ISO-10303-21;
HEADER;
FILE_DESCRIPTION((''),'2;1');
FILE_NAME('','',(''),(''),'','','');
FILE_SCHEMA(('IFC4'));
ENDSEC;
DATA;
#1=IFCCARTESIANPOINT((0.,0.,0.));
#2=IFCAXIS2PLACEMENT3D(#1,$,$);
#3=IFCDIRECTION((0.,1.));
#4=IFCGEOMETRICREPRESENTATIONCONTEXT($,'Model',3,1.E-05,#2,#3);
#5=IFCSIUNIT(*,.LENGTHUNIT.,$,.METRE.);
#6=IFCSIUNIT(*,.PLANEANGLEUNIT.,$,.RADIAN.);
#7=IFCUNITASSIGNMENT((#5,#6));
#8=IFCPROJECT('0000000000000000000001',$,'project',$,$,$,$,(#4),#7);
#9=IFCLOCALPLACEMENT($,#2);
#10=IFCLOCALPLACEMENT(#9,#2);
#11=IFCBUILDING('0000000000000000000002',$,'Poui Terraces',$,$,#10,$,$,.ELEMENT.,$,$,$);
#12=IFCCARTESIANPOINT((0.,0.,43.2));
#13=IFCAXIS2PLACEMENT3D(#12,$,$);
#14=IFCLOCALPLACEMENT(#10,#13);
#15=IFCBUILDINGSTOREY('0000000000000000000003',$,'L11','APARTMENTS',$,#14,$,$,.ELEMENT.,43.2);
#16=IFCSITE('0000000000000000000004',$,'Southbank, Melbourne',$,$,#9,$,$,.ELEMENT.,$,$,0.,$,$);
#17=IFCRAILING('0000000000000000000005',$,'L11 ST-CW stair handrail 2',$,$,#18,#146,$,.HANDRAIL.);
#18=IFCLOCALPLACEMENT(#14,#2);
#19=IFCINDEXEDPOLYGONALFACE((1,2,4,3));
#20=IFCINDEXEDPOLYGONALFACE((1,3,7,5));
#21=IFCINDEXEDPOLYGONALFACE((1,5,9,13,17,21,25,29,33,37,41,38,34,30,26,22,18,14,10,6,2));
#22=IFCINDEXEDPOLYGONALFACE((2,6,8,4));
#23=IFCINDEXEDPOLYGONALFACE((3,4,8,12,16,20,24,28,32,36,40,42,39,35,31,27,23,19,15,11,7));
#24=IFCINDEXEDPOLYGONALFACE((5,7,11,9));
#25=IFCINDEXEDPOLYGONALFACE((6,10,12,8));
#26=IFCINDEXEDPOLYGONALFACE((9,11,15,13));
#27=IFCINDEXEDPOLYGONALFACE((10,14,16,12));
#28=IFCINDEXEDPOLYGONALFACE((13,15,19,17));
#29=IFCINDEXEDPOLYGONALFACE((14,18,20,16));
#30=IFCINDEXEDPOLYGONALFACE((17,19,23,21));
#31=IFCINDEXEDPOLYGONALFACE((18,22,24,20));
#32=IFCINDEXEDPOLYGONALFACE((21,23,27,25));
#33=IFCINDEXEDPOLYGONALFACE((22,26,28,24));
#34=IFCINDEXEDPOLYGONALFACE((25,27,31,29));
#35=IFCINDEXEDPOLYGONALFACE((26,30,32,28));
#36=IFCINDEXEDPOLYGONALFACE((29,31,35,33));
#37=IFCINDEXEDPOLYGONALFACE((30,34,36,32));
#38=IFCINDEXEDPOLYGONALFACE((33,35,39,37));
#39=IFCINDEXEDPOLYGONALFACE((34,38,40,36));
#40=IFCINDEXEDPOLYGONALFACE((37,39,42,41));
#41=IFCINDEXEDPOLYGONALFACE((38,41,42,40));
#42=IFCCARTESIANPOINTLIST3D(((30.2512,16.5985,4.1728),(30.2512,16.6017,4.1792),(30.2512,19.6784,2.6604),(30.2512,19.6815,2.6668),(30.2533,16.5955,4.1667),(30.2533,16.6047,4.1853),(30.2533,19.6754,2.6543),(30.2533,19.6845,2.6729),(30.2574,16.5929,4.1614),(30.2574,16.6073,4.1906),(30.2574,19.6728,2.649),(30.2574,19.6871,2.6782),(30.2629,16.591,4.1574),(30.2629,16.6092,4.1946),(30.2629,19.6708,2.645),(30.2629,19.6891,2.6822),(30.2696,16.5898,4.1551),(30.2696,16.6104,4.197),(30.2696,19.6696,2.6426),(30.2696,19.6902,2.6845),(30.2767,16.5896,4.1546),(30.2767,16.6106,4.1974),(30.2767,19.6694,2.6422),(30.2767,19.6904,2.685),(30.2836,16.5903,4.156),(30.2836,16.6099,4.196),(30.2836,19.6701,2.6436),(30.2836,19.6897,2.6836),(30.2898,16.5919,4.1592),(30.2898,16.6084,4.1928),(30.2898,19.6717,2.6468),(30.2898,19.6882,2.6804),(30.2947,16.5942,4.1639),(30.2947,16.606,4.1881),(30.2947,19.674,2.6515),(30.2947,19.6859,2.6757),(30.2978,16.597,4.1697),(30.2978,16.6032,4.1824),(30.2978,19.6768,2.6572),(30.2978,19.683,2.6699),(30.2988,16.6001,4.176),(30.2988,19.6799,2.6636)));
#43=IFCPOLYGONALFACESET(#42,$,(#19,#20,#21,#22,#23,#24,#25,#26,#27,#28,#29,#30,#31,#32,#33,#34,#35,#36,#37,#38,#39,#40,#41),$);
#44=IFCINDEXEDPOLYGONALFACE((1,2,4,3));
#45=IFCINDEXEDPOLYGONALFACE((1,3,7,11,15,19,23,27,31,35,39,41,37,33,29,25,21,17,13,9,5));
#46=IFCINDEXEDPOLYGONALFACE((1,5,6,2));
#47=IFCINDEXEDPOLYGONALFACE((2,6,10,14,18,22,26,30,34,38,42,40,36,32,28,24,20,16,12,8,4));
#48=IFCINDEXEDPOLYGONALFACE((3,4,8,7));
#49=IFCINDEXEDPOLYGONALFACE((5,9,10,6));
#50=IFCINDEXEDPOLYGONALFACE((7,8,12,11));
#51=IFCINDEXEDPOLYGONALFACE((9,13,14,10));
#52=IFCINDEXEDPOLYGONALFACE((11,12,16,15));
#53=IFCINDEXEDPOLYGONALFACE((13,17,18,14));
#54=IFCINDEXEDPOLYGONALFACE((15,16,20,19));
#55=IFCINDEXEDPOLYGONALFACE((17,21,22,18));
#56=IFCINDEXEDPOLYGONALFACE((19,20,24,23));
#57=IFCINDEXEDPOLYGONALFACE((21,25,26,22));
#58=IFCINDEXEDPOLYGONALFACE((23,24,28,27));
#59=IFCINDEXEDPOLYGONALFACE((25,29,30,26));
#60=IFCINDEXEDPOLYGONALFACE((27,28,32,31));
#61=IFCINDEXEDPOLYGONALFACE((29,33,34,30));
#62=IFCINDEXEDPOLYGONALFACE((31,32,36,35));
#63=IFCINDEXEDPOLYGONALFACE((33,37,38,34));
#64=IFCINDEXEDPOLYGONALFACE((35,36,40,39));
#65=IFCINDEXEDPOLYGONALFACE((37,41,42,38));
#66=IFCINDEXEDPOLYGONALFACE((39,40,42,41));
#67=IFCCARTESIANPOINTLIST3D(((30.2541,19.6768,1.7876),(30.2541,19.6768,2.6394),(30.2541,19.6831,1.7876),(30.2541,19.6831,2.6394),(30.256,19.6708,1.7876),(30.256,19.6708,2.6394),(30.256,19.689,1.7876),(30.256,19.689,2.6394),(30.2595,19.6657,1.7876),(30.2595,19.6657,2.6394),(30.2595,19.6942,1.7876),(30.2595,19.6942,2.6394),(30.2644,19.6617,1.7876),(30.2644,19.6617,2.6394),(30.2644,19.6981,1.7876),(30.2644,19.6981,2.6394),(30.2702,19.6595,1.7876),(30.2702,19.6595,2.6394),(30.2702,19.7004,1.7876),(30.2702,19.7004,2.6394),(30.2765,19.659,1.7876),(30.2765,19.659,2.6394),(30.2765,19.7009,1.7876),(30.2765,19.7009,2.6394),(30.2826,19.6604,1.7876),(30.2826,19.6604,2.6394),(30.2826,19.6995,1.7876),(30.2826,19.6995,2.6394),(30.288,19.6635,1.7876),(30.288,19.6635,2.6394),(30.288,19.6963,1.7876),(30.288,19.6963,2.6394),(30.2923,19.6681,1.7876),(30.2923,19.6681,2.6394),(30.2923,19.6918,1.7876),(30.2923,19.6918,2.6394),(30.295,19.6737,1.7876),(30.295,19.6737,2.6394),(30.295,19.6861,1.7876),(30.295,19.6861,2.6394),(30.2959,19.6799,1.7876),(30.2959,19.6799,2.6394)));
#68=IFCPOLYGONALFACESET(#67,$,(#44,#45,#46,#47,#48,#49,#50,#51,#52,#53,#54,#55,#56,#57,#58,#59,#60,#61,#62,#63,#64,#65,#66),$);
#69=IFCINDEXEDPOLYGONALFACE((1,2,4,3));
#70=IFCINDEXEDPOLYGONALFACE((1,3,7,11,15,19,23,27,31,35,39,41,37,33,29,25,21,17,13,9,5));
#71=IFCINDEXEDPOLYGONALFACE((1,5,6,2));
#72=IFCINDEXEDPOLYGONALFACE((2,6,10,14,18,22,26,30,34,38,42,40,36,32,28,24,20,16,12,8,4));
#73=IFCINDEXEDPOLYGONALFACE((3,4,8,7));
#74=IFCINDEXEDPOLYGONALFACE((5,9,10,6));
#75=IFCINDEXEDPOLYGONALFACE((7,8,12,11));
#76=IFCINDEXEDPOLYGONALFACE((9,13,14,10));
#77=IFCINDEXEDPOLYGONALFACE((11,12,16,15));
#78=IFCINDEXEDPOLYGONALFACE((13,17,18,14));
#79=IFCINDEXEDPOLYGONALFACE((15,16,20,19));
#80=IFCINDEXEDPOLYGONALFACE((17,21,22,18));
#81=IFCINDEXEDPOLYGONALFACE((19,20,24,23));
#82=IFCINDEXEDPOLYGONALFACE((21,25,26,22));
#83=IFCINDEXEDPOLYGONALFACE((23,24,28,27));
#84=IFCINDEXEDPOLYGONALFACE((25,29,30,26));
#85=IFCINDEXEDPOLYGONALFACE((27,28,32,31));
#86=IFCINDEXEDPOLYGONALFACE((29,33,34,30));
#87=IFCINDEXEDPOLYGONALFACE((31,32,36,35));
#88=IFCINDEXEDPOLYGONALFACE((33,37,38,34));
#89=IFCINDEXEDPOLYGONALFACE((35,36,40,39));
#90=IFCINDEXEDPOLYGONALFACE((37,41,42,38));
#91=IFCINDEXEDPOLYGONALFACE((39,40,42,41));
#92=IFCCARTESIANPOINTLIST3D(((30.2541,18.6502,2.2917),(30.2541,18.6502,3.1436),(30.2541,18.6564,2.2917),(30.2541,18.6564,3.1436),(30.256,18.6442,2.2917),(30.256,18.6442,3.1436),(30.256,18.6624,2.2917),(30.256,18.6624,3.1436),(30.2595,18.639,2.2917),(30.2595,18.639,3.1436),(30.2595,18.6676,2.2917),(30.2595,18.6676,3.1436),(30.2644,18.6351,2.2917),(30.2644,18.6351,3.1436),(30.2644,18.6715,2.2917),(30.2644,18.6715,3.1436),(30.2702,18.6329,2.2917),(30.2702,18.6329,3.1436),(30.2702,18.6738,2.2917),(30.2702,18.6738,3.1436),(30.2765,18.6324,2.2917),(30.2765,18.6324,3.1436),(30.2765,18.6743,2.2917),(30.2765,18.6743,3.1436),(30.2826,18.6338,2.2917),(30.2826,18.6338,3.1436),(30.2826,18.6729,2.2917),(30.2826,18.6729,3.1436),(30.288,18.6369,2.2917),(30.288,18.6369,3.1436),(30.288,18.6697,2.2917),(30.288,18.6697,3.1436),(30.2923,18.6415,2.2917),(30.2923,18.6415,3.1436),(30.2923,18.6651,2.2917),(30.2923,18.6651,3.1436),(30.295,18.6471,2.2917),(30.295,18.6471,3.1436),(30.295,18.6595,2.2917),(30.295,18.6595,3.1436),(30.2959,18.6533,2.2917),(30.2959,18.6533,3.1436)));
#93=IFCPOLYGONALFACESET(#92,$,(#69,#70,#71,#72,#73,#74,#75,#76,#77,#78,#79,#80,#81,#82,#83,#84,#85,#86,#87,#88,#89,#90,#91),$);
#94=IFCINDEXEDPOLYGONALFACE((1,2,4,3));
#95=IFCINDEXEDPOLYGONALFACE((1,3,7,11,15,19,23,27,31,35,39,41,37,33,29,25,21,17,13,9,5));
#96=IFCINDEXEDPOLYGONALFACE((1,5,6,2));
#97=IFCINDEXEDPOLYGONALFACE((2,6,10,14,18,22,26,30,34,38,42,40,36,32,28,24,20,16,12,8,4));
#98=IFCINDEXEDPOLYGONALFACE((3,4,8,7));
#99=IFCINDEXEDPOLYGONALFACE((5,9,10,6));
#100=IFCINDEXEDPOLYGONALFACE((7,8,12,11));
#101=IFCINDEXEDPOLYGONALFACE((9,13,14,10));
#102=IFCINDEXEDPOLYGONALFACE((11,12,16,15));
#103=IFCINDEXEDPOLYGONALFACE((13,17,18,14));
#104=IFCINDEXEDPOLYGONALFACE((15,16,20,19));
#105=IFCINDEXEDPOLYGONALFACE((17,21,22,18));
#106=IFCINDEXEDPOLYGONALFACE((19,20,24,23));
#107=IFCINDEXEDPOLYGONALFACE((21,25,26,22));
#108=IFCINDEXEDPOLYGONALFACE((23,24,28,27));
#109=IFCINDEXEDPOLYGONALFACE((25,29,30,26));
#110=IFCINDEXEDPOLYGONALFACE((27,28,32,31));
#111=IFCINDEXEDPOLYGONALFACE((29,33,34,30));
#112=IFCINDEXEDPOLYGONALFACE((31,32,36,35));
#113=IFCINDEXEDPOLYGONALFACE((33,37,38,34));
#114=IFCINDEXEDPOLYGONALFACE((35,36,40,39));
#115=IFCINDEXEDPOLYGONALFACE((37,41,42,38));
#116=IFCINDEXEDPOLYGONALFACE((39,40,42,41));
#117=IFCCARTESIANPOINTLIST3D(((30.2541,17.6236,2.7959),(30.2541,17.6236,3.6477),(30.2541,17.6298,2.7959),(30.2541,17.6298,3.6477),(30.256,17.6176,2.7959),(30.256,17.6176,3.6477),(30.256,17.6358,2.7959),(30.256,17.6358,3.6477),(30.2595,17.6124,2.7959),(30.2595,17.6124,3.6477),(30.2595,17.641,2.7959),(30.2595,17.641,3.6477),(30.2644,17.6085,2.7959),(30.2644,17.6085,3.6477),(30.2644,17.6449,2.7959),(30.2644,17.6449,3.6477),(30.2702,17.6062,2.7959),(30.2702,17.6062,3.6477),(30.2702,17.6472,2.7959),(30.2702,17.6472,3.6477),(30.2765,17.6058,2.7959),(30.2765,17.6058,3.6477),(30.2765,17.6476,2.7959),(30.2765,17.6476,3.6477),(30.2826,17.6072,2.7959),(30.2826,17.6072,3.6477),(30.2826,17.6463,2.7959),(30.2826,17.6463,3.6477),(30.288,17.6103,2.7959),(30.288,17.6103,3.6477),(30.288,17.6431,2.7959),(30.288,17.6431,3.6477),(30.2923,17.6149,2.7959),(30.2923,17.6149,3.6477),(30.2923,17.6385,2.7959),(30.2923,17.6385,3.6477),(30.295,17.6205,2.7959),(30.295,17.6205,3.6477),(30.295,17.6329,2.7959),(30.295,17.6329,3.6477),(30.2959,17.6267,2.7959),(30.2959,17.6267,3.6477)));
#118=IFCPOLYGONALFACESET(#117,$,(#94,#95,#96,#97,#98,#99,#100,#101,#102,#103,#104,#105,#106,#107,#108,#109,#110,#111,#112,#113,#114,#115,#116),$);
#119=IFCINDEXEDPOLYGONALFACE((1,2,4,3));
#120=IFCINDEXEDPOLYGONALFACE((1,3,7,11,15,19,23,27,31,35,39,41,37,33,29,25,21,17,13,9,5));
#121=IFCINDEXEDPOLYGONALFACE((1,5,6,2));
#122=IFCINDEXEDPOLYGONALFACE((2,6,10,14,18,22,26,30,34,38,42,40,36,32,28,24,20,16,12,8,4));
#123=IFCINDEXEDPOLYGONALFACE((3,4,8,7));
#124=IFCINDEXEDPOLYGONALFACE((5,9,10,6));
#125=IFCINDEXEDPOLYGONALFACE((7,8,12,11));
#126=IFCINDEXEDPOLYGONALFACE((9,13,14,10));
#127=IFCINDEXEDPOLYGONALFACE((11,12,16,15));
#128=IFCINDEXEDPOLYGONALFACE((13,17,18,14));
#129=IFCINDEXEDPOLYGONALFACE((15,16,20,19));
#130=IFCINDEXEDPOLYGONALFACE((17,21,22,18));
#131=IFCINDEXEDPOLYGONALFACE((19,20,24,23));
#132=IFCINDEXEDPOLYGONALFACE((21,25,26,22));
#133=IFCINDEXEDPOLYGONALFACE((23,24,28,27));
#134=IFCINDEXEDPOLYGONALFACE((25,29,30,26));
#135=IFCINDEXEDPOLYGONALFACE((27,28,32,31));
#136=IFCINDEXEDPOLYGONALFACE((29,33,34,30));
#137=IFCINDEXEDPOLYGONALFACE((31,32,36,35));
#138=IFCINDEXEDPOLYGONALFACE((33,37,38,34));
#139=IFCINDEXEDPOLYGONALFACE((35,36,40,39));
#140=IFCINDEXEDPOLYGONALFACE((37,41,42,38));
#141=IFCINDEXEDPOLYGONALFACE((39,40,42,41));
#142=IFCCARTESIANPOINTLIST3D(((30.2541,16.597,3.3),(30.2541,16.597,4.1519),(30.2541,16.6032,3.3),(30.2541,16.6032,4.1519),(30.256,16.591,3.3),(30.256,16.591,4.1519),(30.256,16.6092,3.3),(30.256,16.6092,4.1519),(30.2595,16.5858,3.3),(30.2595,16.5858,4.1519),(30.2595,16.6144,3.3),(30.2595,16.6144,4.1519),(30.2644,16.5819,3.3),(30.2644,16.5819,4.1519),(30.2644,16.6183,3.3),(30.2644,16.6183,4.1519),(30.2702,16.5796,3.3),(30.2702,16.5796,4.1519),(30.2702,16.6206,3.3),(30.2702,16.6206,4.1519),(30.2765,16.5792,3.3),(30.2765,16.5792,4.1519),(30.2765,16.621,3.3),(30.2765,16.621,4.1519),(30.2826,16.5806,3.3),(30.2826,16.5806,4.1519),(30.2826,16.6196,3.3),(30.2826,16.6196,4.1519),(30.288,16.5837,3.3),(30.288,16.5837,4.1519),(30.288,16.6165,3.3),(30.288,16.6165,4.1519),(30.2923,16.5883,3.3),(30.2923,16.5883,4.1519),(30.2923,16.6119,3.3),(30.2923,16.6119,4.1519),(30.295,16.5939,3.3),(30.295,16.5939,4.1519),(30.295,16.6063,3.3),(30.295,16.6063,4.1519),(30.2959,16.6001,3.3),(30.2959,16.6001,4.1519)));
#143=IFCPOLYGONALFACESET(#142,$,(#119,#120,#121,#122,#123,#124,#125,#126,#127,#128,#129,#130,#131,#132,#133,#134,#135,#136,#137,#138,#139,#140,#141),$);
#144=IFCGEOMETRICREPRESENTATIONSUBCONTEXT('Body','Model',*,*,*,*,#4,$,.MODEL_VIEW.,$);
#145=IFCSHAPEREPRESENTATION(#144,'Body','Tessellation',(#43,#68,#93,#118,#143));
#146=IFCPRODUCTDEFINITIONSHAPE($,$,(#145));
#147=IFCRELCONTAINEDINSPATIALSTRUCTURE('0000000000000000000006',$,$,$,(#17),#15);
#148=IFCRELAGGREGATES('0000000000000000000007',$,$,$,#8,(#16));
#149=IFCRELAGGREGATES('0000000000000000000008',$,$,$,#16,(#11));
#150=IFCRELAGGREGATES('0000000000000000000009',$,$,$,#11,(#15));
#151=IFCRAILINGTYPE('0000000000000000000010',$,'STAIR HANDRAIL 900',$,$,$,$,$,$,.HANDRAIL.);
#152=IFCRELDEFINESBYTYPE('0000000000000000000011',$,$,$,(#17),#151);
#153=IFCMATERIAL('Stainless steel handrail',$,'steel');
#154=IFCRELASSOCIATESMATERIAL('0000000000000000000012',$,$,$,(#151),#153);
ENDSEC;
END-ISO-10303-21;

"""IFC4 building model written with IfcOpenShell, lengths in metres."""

from ifc_helpers import new_model, si_unit, direction, frame, origin, origin_2d, place, context, subcontext, project, spatial, circle, extrude, material, type_object, element, save


model = new_model("IFC4")

# Units and contexts
model_context = context("Model", 3, precision=1e-05, world=origin(), true_north=direction((0.0, 1.0)))
body_context = subcontext(model_context, "Body", "Model", "MODEL_VIEW")
ifc_project = project(units=[si_unit("LENGTHUNIT", "METRE"), si_unit("PLANEANGLEUNIT", "RADIAN")], contexts=[model_context])

# Site, building, storey
site_placement = place(None, origin())
site = spatial("IfcSite", under=ifc_project, at=site_placement, Name="Southbank, Melbourne", CompositionType="ELEMENT", RefElevation=0.0)
building_placement = place(site_placement, origin())
building = spatial("IfcBuilding", under=site, at=building_placement, Name="Poui Terraces", CompositionType="ELEMENT")
storey_placement = place(building_placement, frame((0.0, 0.0, 43.2)))
storey = spatial("IfcBuildingStorey", under=building, at=storey_placement, Name="L11", Description="APARTMENTS", CompositionType="ELEMENT", Elevation=43.2)

# Railing
ifc_material_1 = material(Name="Stainless steel handrail", Category="steel")
railing_type_1 = type_object("IfcRailingType", Name="STAIR HANDRAIL 900", PredefinedType="HANDRAIL", material=ifc_material_1)
railing_1_placement = place(storey_placement, frame((30.2749, 19.6799, 1.7876)))
element("IfcRailing", 1, at=railing_1_placement, inside=storey, type_object=railing_type_1, Name="L11 ST-CW stair handrail 2", PredefinedType="HANDRAIL", context=body_context, shape_type="SweptSolid", body=[
    extrude(circle(Radius=0.0239, at=origin_2d()), frame((0.0, 0.0, 0.876), z_axis=(0.0, -0.897606, 0.440798), x_axis=(1.0, 0.0, 0.0)), (0.0, 0.0, 1.0), 3.4312),
    extrude(circle(Radius=0.021, at=origin_2d()), origin(), (0.0, 0.0, 1.0), 0.8518),
    extrude(circle(Radius=0.021, at=origin_2d()), frame((0.0, -1.0266, 0.5042)), (0.0, 0.0, 1.0), 0.8518),
    extrude(circle(Radius=0.021, at=origin_2d()), frame((0.0, -2.0532, 1.0083)), (0.0, 0.0, 1.0), 0.8518),
    extrude(circle(Radius=0.021, at=origin_2d()), frame((0.0, -3.0798, 1.5125)), (0.0, 0.0, 1.0), 0.8518),
])

save(model, "model.ifc")
